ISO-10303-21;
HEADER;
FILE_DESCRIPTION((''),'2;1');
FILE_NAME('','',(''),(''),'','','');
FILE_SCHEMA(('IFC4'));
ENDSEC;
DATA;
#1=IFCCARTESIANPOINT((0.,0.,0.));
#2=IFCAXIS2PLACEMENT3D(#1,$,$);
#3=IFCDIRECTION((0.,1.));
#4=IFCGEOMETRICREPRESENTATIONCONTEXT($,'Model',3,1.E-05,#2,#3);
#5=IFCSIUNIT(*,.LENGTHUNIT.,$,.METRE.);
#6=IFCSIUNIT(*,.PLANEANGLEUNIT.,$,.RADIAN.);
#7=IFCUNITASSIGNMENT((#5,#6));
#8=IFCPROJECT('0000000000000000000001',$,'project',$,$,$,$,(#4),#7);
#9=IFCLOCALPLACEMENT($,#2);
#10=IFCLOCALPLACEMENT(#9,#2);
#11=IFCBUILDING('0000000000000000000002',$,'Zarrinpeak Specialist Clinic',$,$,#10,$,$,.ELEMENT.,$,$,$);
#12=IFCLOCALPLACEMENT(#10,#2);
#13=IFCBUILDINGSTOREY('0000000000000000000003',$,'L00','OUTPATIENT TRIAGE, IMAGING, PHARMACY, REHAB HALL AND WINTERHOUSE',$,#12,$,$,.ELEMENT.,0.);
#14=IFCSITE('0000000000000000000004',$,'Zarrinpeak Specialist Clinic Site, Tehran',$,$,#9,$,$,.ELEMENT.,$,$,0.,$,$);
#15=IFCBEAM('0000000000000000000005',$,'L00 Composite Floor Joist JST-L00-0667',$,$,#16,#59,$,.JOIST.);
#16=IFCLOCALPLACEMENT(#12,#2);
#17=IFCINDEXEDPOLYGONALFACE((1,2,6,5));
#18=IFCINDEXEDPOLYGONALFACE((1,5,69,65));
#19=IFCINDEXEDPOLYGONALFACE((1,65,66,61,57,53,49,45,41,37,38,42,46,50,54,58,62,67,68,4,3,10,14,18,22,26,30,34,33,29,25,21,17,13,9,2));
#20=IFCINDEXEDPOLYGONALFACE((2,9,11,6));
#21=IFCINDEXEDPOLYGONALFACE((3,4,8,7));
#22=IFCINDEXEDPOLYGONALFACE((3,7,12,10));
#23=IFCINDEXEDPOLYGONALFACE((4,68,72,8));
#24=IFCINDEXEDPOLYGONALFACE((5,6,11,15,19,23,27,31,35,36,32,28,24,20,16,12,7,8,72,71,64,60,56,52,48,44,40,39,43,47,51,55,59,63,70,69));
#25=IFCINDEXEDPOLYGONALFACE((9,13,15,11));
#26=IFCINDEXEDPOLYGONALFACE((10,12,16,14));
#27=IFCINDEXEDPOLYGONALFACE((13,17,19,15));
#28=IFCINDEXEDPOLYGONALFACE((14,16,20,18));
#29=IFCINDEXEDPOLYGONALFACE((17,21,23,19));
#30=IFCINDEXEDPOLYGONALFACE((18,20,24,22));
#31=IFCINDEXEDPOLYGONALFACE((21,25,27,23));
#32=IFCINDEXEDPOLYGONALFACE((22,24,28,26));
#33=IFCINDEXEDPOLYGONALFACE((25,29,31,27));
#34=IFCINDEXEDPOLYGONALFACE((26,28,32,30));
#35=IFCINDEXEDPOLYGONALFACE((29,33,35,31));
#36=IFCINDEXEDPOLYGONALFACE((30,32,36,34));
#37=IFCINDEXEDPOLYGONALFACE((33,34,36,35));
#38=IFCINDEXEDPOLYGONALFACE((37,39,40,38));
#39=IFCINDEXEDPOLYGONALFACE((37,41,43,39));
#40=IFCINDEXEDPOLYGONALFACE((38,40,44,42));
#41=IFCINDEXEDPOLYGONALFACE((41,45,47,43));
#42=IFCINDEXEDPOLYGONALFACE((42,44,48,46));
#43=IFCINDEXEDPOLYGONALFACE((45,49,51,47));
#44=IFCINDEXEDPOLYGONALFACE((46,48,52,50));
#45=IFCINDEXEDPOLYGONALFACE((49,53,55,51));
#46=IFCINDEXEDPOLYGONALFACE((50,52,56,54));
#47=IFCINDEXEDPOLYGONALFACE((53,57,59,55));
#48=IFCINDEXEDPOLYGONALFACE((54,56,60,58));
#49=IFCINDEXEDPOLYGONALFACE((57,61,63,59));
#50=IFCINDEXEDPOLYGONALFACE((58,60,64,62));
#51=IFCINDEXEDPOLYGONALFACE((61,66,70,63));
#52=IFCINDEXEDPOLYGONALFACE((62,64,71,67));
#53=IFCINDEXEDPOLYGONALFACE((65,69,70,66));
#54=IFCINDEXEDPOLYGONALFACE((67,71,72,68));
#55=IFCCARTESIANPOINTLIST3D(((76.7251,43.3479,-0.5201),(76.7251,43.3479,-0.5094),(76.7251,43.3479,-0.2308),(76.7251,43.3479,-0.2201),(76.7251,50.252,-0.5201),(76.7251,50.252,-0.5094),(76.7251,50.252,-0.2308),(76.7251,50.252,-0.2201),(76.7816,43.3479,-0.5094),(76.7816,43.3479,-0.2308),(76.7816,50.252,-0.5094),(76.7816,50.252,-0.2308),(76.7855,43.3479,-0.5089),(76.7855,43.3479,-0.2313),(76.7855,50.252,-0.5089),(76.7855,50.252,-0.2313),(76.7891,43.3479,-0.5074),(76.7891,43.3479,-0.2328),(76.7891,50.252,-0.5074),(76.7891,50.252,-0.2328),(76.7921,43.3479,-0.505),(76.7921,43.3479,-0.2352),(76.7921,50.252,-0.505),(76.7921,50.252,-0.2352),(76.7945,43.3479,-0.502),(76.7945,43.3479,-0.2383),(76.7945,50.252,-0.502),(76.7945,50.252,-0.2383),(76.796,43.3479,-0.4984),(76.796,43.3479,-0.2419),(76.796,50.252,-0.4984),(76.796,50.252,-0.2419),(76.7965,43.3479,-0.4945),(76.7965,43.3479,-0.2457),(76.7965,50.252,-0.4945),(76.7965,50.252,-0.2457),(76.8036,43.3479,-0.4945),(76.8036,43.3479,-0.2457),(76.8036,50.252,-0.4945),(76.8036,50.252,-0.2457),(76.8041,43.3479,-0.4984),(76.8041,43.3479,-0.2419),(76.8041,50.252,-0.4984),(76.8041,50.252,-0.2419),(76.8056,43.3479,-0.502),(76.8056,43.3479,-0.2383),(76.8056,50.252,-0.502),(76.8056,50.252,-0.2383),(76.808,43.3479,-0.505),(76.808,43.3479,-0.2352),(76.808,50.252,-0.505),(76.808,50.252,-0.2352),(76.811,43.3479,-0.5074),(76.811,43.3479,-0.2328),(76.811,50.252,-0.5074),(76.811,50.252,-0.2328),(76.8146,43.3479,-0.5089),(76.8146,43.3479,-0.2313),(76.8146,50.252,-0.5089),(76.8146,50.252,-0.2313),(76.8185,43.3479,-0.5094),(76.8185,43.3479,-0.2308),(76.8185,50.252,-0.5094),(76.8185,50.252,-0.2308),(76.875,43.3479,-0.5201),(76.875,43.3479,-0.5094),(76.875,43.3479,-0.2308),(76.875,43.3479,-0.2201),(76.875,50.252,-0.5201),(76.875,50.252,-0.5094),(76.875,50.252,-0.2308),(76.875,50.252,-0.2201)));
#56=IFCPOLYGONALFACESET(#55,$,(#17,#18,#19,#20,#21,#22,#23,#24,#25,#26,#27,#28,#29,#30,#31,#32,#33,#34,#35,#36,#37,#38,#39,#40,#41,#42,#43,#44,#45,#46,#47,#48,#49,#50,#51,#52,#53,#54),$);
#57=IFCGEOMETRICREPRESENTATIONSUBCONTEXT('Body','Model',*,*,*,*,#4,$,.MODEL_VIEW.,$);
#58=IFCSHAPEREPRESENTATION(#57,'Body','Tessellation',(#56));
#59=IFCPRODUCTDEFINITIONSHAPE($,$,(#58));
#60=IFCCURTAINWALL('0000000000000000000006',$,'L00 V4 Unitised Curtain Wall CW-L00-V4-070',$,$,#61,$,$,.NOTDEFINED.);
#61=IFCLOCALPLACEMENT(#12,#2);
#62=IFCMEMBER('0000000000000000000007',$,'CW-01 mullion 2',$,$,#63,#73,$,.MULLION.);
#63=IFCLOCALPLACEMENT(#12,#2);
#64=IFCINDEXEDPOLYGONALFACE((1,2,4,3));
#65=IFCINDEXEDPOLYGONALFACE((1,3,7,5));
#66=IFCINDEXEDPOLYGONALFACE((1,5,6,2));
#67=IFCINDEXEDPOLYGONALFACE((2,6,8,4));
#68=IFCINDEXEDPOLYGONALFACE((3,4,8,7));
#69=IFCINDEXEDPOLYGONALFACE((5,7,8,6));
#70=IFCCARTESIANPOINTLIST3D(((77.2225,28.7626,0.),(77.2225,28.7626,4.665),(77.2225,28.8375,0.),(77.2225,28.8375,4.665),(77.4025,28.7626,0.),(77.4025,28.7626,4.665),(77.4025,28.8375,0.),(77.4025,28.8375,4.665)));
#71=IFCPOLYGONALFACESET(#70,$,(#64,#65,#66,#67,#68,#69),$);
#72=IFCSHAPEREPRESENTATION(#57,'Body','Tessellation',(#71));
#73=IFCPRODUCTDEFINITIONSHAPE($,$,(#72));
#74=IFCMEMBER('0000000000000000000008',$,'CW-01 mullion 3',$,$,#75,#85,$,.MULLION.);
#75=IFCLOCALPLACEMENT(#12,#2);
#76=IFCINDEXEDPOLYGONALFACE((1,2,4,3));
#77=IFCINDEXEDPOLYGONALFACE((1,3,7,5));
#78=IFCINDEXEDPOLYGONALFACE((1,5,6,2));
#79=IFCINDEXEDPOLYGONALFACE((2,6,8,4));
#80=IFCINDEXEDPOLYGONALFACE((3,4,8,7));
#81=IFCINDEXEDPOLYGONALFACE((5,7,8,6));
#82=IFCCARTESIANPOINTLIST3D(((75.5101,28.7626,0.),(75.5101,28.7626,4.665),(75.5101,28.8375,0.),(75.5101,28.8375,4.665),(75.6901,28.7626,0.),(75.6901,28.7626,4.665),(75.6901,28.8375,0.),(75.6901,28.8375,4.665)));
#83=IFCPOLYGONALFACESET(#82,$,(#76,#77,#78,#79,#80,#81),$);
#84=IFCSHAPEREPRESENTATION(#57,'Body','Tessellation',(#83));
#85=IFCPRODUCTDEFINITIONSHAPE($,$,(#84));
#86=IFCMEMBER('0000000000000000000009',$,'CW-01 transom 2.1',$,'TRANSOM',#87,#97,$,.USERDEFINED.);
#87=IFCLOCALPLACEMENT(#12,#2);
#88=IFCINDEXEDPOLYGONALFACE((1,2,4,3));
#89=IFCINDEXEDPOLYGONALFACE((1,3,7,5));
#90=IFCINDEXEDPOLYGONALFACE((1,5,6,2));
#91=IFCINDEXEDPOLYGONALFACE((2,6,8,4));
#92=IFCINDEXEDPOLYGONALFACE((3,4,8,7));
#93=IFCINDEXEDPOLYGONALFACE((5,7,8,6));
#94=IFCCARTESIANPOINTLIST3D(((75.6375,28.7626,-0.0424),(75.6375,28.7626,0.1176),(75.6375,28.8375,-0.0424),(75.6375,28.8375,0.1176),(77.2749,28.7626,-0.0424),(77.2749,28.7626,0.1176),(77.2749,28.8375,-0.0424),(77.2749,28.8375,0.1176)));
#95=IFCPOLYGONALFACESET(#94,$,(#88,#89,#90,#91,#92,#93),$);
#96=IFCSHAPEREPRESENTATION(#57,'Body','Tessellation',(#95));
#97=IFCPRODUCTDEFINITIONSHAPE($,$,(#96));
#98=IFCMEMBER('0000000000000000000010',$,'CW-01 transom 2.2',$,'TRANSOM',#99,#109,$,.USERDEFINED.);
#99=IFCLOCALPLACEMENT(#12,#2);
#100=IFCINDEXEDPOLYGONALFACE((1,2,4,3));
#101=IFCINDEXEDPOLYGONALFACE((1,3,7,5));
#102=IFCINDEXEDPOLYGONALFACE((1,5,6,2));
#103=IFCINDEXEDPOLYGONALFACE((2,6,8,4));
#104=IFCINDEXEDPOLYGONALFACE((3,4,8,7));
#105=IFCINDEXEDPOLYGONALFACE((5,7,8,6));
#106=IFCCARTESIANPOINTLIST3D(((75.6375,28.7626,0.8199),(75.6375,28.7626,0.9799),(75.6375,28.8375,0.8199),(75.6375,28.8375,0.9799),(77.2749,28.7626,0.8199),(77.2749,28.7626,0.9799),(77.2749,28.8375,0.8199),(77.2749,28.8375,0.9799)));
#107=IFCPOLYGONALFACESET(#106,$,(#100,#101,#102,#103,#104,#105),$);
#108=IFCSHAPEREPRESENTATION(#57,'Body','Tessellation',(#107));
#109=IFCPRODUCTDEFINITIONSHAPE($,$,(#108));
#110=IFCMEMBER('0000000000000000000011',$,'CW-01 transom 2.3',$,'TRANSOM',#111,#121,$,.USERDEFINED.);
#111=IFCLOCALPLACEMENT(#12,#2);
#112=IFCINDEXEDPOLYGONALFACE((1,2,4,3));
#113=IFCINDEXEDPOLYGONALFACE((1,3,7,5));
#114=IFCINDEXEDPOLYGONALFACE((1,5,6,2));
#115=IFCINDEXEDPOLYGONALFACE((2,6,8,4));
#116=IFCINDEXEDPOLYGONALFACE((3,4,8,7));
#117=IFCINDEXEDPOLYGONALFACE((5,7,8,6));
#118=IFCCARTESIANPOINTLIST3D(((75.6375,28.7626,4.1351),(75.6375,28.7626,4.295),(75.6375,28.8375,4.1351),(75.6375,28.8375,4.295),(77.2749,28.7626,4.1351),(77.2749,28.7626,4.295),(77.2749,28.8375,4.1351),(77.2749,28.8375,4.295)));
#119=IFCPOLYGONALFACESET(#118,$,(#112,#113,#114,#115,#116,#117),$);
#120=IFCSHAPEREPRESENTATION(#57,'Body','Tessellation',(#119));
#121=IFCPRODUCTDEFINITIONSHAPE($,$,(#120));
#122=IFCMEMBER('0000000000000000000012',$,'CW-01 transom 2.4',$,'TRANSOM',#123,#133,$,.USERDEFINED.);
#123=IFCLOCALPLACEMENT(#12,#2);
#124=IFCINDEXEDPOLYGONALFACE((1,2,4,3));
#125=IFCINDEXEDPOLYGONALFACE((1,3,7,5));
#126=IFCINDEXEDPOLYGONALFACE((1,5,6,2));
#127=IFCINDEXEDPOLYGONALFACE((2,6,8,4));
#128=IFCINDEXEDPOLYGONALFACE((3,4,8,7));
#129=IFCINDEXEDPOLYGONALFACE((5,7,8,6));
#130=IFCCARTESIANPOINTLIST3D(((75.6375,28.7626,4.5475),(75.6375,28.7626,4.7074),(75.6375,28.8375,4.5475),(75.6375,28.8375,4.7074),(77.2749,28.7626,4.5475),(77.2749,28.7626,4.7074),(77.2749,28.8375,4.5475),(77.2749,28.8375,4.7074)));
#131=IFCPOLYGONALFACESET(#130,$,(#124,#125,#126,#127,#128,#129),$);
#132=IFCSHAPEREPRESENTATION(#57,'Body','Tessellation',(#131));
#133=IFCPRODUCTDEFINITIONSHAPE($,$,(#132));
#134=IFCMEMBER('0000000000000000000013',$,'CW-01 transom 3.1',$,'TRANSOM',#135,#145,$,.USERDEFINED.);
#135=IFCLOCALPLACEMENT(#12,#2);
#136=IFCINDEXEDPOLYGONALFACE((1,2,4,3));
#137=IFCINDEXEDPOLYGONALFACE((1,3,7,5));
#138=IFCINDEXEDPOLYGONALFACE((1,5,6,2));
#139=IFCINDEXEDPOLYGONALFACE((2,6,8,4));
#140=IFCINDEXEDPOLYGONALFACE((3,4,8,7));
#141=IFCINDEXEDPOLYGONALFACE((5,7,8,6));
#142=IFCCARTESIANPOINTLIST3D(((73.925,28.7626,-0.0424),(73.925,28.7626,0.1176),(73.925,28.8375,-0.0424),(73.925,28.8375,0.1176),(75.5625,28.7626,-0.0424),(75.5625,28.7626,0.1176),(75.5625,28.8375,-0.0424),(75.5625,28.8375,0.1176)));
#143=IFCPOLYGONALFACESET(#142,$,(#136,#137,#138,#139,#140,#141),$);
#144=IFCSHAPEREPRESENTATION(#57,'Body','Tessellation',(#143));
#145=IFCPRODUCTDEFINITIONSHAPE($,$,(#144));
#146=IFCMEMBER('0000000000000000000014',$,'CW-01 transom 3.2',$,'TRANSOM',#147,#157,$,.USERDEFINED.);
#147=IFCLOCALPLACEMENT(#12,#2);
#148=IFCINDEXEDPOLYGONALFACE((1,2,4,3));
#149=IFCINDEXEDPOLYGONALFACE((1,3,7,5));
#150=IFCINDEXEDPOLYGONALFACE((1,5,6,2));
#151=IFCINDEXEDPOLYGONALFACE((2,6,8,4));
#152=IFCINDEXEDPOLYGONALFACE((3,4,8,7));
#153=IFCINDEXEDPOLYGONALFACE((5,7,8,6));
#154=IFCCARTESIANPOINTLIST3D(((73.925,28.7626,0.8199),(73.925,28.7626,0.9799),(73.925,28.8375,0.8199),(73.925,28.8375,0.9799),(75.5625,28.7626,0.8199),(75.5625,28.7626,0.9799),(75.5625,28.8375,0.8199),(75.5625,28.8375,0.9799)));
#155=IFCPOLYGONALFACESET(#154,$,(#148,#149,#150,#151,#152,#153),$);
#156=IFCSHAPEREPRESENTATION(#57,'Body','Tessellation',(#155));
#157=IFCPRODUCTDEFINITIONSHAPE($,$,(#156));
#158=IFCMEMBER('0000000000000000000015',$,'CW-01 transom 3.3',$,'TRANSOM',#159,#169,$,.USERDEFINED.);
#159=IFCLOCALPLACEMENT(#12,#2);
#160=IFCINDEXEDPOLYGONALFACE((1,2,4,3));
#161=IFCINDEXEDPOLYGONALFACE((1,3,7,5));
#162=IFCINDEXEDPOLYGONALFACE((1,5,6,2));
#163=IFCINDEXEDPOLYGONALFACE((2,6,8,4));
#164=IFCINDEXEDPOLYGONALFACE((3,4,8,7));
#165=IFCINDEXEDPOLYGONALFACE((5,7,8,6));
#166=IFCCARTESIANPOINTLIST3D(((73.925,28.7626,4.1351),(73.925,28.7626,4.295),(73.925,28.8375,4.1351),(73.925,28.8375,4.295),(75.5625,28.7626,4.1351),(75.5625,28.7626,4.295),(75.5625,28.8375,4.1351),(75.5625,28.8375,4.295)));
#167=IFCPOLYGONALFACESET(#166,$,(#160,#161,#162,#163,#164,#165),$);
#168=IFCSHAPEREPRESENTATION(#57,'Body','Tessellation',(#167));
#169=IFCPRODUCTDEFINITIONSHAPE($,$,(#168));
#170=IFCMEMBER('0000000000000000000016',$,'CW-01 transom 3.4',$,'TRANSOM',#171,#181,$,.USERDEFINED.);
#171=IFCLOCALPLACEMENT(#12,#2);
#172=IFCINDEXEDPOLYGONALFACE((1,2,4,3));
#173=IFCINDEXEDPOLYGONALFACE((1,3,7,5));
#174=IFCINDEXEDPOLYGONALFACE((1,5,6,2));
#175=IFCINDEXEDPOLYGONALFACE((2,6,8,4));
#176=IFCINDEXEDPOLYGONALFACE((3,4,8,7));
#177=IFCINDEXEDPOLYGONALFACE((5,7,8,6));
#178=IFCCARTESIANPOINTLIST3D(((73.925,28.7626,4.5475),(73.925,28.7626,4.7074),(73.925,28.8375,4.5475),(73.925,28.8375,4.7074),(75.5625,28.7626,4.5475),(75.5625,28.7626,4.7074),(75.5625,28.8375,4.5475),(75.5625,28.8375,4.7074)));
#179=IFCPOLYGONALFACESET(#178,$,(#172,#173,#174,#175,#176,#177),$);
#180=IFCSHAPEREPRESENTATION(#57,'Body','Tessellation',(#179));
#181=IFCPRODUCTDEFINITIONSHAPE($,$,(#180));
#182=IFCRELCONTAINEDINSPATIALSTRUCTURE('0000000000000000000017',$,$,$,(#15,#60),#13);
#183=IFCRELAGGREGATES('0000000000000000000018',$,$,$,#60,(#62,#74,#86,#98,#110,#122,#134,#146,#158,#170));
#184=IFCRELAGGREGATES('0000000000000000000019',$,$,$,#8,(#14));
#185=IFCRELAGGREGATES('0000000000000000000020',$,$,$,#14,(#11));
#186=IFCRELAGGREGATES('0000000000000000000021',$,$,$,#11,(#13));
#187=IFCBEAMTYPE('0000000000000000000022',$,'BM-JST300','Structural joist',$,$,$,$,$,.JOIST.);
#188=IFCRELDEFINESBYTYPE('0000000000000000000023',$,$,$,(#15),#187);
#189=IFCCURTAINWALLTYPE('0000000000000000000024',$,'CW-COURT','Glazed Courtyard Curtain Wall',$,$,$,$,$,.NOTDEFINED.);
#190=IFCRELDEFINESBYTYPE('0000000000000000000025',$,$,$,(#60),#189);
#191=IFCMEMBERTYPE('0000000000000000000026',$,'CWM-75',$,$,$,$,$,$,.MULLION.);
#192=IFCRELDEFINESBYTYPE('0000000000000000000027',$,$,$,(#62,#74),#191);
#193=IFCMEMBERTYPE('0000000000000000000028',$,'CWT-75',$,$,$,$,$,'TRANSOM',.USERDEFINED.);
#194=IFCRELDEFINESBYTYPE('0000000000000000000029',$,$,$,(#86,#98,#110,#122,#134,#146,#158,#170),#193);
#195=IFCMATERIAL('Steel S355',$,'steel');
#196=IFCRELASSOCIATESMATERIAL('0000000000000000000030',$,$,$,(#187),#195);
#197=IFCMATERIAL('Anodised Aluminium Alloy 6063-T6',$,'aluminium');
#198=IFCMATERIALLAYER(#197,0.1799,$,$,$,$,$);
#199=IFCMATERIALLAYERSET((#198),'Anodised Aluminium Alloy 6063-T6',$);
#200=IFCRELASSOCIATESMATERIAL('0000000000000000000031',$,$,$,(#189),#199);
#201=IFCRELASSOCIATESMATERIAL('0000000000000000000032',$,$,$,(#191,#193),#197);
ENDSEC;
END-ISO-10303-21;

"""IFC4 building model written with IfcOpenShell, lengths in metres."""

from ifc_helpers import new_model, si_unit, direction, frame, origin, origin_2d, place, context, subcontext, project, spatial, rectangle, i_section, extrude, material, layer, layer_set, material_profile, profile_set, type_object, element, aggregate, save


model = new_model("IFC4")

# Units and contexts
model_context = context("Model", 3, precision=1e-05, world=origin(), true_north=direction((0.0, 1.0)))
body_context = subcontext(model_context, "Body", "Model", "MODEL_VIEW")
ifc_project = project(units=[si_unit("LENGTHUNIT", "METRE"), si_unit("PLANEANGLEUNIT", "RADIAN")], contexts=[model_context])

# Site, building, storey
site_placement = place(None, origin())
site = spatial("IfcSite", under=ifc_project, at=site_placement, Name="Zarrinpeak Specialist Clinic Site, Tehran", CompositionType="ELEMENT", RefElevation=0.0)
building_placement = place(site_placement, origin())
building = spatial("IfcBuilding", under=site, at=building_placement, Name="Zarrinpeak Specialist Clinic", CompositionType="ELEMENT")
storey_placement = place(building_placement, origin())
storey = spatial("IfcBuildingStorey", under=building, at=storey_placement, Name="L00", Description="OUTPATIENT TRIAGE, IMAGING, PHARMACY, REHAB HALL AND WINTERHOUSE", CompositionType="ELEMENT", Elevation=0.0)

# Beam
ifc_material_1 = material(Name="Steel S355", Category="steel")
ifc_material_profile_1 = material_profile(ifc_material_1, i_section(OverallWidth=0.1499, OverallDepth=0.3, WebThickness=0.0071, FlangeThickness=0.0107, FilletRadius=0.0149, at=origin_2d()), Name="IPE 300")
ifc_profile_set_1 = profile_set([ifc_material_profile_1], Name="Steel S355")
beam_type_1 = type_object("IfcBeamType", Name="BM-JST300", Description="Structural joist", PredefinedType="JOIST", material=ifc_profile_set_1)
for number, where, z_axis, x_axis, name in (
    (1, (76.8, 43.3479, -0.3701), (0.0, 1.0, 0.0), (-1.0, 0.0, 0.0), "L00 Composite Floor Joist JST-L00-0667"),
):
    element("IfcBeam", number, at=place(storey_placement, frame(where, z_axis=z_axis, x_axis=x_axis)), inside=storey, type_object=beam_type_1, Name=name, PredefinedType="JOIST", context=body_context, shape_type="SweptSolid", body=[
        extrude(i_section(OverallWidth=0.1499, OverallDepth=0.3, WebThickness=0.0071, FlangeThickness=0.0107, FilletRadius=0.0149, at=origin_2d()), origin(), (0.0, 0.0, 1.0), 6.9041),
    ])

# Curtain wall, members
ifc_material_2 = material(Name="Anodised Aluminium Alloy 6063-T6", Category="aluminium")
ifc_layer_1 = layer(ifc_material_2, 0.1799)
ifc_layer_set_1 = layer_set([ifc_layer_1], Name="Anodised Aluminium Alloy 6063-T6")
curtain_wall_type = type_object("IfcCurtainWallType", Name="CW-COURT", Description="Glazed Courtyard Curtain Wall", PredefinedType="NOTDEFINED", material=ifc_layer_set_1)
curtain_wall_placement = place(storey_placement, origin())
curtain_wall = element("IfcCurtainWall", 2, at=curtain_wall_placement, inside=storey, type_object=curtain_wall_type, Name="L00 V4 Unitised Curtain Wall CW-L00-V4-070", PredefinedType="NOTDEFINED")
ifc_material_profile_2 = material_profile(ifc_material_2, rectangle(XDim=0.075, YDim=0.1799, at=origin_2d()), Name="ALU 75x180")
ifc_profile_set_2 = profile_set([ifc_material_profile_2], Name="Anodised Aluminium Alloy 6063-T6")
member_type_1 = type_object("IfcMemberType", Name="CWM-75", PredefinedType="MULLION", material=ifc_profile_set_2)
member_1_placement = place(storey_placement, frame((77.3125, 28.8, 0.0), z_axis=(0.0, 0.0, 1.0), x_axis=(0.0, -1.0, 0.0)))
member_1 = element("IfcMember", 3, at=member_1_placement, type_object=member_type_1, Name="CW-01 mullion 2", PredefinedType="MULLION", context=body_context, shape_type="SweptSolid", body=[
    extrude(rectangle(XDim=0.075, YDim=0.1799, at=origin_2d()), origin(), (0.0, 0.0, 1.0), 4.665),
])
member_2_placement = place(storey_placement, frame((75.6001, 28.8, 0.0), z_axis=(0.0, 0.0, 1.0), x_axis=(0.0, -1.0, 0.0)))
member_2 = element("IfcMember", 4, at=member_2_placement, type_object=member_type_1, Name="CW-01 mullion 3", PredefinedType="MULLION", context=body_context, shape_type="SweptSolid", body=[
    extrude(rectangle(XDim=0.075, YDim=0.1799, at=origin_2d()), origin(), (0.0, 0.0, 1.0), 4.665),
])
ifc_material_profile_3 = material_profile(ifc_material_2, rectangle(XDim=0.075, YDim=0.1599, at=origin_2d()), Name="ALU 75x160")
ifc_profile_set_3 = profile_set([ifc_material_profile_3], Name="Anodised Aluminium Alloy 6063-T6")
member_type_2 = type_object("IfcMemberType", Name="CWT-75", ElementType="TRANSOM", PredefinedType="USERDEFINED", material=ifc_profile_set_3)
member_3_placement = place(storey_placement, frame((77.2749, 28.8, 0.0376), z_axis=(-1.0, 0.0, 0.0), x_axis=(0.0, -1.0, 0.0)))
member_3 = element("IfcMember", 5, at=member_3_placement, type_object=member_type_2, Name="CW-01 transom 2.1", ObjectType="TRANSOM", PredefinedType="USERDEFINED", context=body_context, shape_type="SweptSolid", body=[
    extrude(rectangle(XDim=0.075, YDim=0.1599, at=origin_2d()), origin(), (0.0, 0.0, 1.0), 1.6375),
])
member_4_placement = place(storey_placement, frame((77.2749, 28.8, 0.8999), z_axis=(-1.0, 0.0, 0.0), x_axis=(0.0, -1.0, 0.0)))
member_4 = element("IfcMember", 6, at=member_4_placement, type_object=member_type_2, Name="CW-01 transom 2.2", ObjectType="TRANSOM", PredefinedType="USERDEFINED", context=body_context, shape_type="SweptSolid", body=[
    extrude(rectangle(XDim=0.075, YDim=0.1599, at=origin_2d()), origin(), (0.0, 0.0, 1.0), 1.6375),
])
member_5_placement = place(storey_placement, frame((77.2749, 28.8, 4.2151), z_axis=(-1.0, 0.0, 0.0), x_axis=(0.0, -1.0, 0.0)))
member_5 = element("IfcMember", 7, at=member_5_placement, type_object=member_type_2, Name="CW-01 transom 2.3", ObjectType="TRANSOM", PredefinedType="USERDEFINED", context=body_context, shape_type="SweptSolid", body=[
    extrude(rectangle(XDim=0.075, YDim=0.1599, at=origin_2d()), origin(), (0.0, 0.0, 1.0), 1.6375),
])
member_6_placement = place(storey_placement, frame((77.2749, 28.8, 4.6274), z_axis=(-1.0, 0.0, 0.0), x_axis=(0.0, -1.0, 0.0)))
member_6 = element("IfcMember", 8, at=member_6_placement, type_object=member_type_2, Name="CW-01 transom 2.4", ObjectType="TRANSOM", PredefinedType="USERDEFINED", context=body_context, shape_type="SweptSolid", body=[
    extrude(rectangle(XDim=0.075, YDim=0.1599, at=origin_2d()), origin(), (0.0, 0.0, 1.0), 1.6375),
])
member_7_placement = place(storey_placement, frame((75.5625, 28.8, 0.0376), z_axis=(-1.0, 0.0, 0.0), x_axis=(0.0, -1.0, 0.0)))
member_7 = element("IfcMember", 9, at=member_7_placement, type_object=member_type_2, Name="CW-01 transom 3.1", ObjectType="TRANSOM", PredefinedType="USERDEFINED", context=body_context, shape_type="SweptSolid", body=[
    extrude(rectangle(XDim=0.075, YDim=0.1599, at=origin_2d()), origin(), (0.0, 0.0, 1.0), 1.6375),
])
member_8_placement = place(storey_placement, frame((75.5625, 28.8, 0.8999), z_axis=(-1.0, 0.0, 0.0), x_axis=(0.0, -1.0, 0.0)))
member_8 = element("IfcMember", 10, at=member_8_placement, type_object=member_type_2, Name="CW-01 transom 3.2", ObjectType="TRANSOM", PredefinedType="USERDEFINED", context=body_context, shape_type="SweptSolid", body=[
    extrude(rectangle(XDim=0.075, YDim=0.1599, at=origin_2d()), origin(), (0.0, 0.0, 1.0), 1.6375),
])
member_9_placement = place(storey_placement, frame((75.5625, 28.8, 4.2151), z_axis=(-1.0, 0.0, 0.0), x_axis=(0.0, -1.0, 0.0)))
member_9 = element("IfcMember", 11, at=member_9_placement, type_object=member_type_2, Name="CW-01 transom 3.3", ObjectType="TRANSOM", PredefinedType="USERDEFINED", context=body_context, shape_type="SweptSolid", body=[
    extrude(rectangle(XDim=0.075, YDim=0.1599, at=origin_2d()), origin(), (0.0, 0.0, 1.0), 1.6375),
])
member_10_placement = place(storey_placement, frame((75.5625, 28.8, 4.6274), z_axis=(-1.0, 0.0, 0.0), x_axis=(0.0, -1.0, 0.0)))
member_10 = element("IfcMember", 12, at=member_10_placement, type_object=member_type_2, Name="CW-01 transom 3.4", ObjectType="TRANSOM", PredefinedType="USERDEFINED", context=body_context, shape_type="SweptSolid", body=[
    extrude(rectangle(XDim=0.075, YDim=0.1599, at=origin_2d()), origin(), (0.0, 0.0, 1.0), 1.6375),
])
aggregate(curtain_wall, [member_1, member_2, member_3, member_4, member_5, member_6, member_7, member_8, member_9, member_10])

save(model, "model.ifc")
